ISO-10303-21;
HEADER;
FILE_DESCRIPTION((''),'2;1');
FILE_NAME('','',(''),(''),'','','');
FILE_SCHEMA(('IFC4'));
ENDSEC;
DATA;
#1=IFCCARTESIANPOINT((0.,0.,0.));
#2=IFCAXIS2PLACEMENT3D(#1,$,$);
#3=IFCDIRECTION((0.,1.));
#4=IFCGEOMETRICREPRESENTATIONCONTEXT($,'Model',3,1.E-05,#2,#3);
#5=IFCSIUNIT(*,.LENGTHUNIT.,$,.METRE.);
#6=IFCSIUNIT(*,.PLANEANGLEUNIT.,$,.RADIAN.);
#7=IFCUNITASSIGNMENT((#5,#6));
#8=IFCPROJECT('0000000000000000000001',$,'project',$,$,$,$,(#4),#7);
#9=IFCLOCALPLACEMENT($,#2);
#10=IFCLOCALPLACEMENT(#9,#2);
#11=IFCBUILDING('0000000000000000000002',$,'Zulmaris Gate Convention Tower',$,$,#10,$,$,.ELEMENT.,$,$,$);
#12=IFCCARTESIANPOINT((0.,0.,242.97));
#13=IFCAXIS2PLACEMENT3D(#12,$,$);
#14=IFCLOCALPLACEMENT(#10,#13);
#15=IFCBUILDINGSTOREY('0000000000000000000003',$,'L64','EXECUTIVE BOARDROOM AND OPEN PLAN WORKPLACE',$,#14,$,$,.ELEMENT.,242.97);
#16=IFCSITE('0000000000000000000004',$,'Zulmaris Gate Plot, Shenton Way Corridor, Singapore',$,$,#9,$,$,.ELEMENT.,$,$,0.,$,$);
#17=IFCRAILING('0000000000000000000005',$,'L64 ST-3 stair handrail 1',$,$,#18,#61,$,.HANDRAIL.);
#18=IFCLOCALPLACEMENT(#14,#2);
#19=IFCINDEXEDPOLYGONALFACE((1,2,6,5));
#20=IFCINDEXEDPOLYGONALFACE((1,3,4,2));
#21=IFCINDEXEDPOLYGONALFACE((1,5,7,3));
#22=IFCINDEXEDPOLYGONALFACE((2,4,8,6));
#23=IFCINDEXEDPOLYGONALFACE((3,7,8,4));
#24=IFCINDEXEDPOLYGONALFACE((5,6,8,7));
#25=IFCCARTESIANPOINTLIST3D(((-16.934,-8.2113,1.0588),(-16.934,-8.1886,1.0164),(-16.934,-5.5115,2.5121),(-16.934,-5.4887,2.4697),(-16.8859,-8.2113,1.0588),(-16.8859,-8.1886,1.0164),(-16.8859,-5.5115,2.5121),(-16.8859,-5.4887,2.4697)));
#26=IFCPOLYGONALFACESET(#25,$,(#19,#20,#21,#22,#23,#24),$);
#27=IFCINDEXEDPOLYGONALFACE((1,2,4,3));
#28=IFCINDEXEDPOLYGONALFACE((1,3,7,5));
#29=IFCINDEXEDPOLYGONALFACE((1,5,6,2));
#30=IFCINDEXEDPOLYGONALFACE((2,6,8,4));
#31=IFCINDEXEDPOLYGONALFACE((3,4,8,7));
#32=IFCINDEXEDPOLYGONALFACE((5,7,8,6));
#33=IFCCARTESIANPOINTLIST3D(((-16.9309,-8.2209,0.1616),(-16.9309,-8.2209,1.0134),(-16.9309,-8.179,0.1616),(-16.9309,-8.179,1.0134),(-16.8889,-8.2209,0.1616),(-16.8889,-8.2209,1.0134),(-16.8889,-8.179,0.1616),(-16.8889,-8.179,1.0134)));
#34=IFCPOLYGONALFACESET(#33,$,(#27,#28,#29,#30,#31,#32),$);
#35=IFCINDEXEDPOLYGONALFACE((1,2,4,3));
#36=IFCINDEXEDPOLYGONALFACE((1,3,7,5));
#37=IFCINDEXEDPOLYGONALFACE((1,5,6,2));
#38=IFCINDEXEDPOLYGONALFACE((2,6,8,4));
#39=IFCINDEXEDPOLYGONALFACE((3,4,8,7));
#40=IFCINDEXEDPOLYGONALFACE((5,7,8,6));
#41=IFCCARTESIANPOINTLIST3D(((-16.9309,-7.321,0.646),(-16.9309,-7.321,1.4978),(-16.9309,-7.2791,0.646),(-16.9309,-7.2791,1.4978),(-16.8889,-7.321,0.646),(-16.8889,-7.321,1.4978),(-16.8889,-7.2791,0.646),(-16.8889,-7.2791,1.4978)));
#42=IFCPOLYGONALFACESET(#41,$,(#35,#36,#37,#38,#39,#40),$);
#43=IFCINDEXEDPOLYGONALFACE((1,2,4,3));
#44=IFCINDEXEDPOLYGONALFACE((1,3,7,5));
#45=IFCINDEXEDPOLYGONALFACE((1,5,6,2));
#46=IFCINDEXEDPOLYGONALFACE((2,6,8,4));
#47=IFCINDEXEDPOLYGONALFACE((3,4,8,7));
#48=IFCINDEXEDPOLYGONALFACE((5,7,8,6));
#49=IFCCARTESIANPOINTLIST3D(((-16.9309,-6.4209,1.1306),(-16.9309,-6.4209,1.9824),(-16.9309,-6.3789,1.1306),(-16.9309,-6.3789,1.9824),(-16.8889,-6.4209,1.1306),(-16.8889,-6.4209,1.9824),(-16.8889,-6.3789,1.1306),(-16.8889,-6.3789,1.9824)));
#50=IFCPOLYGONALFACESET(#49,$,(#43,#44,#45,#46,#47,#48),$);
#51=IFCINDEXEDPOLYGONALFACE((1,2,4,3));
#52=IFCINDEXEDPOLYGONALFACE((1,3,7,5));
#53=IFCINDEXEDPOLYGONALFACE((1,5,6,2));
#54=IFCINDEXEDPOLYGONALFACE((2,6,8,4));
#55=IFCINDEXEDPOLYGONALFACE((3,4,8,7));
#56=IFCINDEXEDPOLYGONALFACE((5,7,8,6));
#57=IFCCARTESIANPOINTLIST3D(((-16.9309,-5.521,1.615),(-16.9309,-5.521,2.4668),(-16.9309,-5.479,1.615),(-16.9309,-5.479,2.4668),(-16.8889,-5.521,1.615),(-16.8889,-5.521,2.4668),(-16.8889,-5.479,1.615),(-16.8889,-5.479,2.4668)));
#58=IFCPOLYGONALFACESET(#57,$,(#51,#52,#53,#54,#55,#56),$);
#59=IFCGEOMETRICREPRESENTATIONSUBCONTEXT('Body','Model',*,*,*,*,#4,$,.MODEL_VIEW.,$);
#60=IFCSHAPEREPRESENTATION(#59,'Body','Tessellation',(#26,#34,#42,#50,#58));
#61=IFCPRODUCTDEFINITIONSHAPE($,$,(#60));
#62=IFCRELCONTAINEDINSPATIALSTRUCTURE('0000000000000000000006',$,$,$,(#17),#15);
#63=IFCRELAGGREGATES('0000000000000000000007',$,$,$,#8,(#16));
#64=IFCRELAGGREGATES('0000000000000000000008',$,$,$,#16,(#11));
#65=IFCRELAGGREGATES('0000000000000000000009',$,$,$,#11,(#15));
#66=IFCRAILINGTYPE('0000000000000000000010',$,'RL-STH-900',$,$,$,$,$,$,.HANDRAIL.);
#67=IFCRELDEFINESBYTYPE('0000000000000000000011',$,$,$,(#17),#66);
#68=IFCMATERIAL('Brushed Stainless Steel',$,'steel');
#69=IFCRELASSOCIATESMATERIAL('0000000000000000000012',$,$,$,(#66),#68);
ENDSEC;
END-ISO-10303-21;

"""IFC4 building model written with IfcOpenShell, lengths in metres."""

from ifc_helpers import new_model, si_unit, direction, frame, origin, origin_2d, place, context, subcontext, project, spatial, rectangle, extrude, material, type_object, element, save


model = new_model("IFC4")

# Units and contexts
model_context = context("Model", 3, precision=1e-05, world=origin(), true_north=direction((0.0, 1.0)))
body_context = subcontext(model_context, "Body", "Model", "MODEL_VIEW")
ifc_project = project(units=[si_unit("LENGTHUNIT", "METRE"), si_unit("PLANEANGLEUNIT", "RADIAN")], contexts=[model_context])

# Site, building, storey
site_placement = place(None, origin())
site = spatial("IfcSite", under=ifc_project, at=site_placement, Name="Zulmaris Gate Plot, Shenton Way Corridor, Singapore", CompositionType="ELEMENT", RefElevation=0.0)
building_placement = place(site_placement, origin())
building = spatial("IfcBuilding", under=site, at=building_placement, Name="Zulmaris Gate Convention Tower", CompositionType="ELEMENT")
storey_placement = place(building_placement, frame((0.0, 0.0, 242.97)))
storey = spatial("IfcBuildingStorey", under=building, at=storey_placement, Name="L64", Description="EXECUTIVE BOARDROOM AND OPEN PLAN WORKPLACE", CompositionType="ELEMENT", Elevation=242.97)

# Shared definitions
ifc_material_1 = material(Name="Brushed Stainless Steel", Category="steel")

# Railing
railing_type_1 = type_object("IfcRailingType", Name="RL-STH-900", PredefinedType="HANDRAIL", material=ifc_material_1)
for number, where, name in (
    (1, (-16.9099, -8.2, 0.1616), "L64 ST-3 stair handrail 1"),
):
    element("IfcRailing", number, at=place(storey_placement, frame(where)), inside=storey, type_object=railing_type_1, Name=name, PredefinedType="HANDRAIL", context=body_context, shape_type="SweptSolid", body=[
        extrude(rectangle(XDim=0.0481, YDim=0.0481, at=origin_2d()), frame((0.0, 0.0, 0.876), z_axis=(0.0, 0.880532, 0.473986), x_axis=(-1.0, 0.0, 0.0)), (0.0, 0.0, 1.0), 3.0662),
        extrude(rectangle(XDim=0.042, YDim=0.042, at=origin_2d()), origin(), (0.0, 0.0, 1.0), 0.8518),
        extrude(rectangle(XDim=0.042, YDim=0.042, at=origin_2d()), frame((0.0, 0.8999, 0.4844)), (0.0, 0.0, 1.0), 0.8518),
        extrude(rectangle(XDim=0.042, YDim=0.042, at=origin_2d()), frame((0.0, 1.8, 0.969)), (0.0, 0.0, 1.0), 0.8518),
        extrude(rectangle(XDim=0.042, YDim=0.042, at=origin_2d()), frame((0.0, 2.7, 1.4534)), (0.0, 0.0, 1.0), 0.8518),
    ])

save(model, "model.ifc")
